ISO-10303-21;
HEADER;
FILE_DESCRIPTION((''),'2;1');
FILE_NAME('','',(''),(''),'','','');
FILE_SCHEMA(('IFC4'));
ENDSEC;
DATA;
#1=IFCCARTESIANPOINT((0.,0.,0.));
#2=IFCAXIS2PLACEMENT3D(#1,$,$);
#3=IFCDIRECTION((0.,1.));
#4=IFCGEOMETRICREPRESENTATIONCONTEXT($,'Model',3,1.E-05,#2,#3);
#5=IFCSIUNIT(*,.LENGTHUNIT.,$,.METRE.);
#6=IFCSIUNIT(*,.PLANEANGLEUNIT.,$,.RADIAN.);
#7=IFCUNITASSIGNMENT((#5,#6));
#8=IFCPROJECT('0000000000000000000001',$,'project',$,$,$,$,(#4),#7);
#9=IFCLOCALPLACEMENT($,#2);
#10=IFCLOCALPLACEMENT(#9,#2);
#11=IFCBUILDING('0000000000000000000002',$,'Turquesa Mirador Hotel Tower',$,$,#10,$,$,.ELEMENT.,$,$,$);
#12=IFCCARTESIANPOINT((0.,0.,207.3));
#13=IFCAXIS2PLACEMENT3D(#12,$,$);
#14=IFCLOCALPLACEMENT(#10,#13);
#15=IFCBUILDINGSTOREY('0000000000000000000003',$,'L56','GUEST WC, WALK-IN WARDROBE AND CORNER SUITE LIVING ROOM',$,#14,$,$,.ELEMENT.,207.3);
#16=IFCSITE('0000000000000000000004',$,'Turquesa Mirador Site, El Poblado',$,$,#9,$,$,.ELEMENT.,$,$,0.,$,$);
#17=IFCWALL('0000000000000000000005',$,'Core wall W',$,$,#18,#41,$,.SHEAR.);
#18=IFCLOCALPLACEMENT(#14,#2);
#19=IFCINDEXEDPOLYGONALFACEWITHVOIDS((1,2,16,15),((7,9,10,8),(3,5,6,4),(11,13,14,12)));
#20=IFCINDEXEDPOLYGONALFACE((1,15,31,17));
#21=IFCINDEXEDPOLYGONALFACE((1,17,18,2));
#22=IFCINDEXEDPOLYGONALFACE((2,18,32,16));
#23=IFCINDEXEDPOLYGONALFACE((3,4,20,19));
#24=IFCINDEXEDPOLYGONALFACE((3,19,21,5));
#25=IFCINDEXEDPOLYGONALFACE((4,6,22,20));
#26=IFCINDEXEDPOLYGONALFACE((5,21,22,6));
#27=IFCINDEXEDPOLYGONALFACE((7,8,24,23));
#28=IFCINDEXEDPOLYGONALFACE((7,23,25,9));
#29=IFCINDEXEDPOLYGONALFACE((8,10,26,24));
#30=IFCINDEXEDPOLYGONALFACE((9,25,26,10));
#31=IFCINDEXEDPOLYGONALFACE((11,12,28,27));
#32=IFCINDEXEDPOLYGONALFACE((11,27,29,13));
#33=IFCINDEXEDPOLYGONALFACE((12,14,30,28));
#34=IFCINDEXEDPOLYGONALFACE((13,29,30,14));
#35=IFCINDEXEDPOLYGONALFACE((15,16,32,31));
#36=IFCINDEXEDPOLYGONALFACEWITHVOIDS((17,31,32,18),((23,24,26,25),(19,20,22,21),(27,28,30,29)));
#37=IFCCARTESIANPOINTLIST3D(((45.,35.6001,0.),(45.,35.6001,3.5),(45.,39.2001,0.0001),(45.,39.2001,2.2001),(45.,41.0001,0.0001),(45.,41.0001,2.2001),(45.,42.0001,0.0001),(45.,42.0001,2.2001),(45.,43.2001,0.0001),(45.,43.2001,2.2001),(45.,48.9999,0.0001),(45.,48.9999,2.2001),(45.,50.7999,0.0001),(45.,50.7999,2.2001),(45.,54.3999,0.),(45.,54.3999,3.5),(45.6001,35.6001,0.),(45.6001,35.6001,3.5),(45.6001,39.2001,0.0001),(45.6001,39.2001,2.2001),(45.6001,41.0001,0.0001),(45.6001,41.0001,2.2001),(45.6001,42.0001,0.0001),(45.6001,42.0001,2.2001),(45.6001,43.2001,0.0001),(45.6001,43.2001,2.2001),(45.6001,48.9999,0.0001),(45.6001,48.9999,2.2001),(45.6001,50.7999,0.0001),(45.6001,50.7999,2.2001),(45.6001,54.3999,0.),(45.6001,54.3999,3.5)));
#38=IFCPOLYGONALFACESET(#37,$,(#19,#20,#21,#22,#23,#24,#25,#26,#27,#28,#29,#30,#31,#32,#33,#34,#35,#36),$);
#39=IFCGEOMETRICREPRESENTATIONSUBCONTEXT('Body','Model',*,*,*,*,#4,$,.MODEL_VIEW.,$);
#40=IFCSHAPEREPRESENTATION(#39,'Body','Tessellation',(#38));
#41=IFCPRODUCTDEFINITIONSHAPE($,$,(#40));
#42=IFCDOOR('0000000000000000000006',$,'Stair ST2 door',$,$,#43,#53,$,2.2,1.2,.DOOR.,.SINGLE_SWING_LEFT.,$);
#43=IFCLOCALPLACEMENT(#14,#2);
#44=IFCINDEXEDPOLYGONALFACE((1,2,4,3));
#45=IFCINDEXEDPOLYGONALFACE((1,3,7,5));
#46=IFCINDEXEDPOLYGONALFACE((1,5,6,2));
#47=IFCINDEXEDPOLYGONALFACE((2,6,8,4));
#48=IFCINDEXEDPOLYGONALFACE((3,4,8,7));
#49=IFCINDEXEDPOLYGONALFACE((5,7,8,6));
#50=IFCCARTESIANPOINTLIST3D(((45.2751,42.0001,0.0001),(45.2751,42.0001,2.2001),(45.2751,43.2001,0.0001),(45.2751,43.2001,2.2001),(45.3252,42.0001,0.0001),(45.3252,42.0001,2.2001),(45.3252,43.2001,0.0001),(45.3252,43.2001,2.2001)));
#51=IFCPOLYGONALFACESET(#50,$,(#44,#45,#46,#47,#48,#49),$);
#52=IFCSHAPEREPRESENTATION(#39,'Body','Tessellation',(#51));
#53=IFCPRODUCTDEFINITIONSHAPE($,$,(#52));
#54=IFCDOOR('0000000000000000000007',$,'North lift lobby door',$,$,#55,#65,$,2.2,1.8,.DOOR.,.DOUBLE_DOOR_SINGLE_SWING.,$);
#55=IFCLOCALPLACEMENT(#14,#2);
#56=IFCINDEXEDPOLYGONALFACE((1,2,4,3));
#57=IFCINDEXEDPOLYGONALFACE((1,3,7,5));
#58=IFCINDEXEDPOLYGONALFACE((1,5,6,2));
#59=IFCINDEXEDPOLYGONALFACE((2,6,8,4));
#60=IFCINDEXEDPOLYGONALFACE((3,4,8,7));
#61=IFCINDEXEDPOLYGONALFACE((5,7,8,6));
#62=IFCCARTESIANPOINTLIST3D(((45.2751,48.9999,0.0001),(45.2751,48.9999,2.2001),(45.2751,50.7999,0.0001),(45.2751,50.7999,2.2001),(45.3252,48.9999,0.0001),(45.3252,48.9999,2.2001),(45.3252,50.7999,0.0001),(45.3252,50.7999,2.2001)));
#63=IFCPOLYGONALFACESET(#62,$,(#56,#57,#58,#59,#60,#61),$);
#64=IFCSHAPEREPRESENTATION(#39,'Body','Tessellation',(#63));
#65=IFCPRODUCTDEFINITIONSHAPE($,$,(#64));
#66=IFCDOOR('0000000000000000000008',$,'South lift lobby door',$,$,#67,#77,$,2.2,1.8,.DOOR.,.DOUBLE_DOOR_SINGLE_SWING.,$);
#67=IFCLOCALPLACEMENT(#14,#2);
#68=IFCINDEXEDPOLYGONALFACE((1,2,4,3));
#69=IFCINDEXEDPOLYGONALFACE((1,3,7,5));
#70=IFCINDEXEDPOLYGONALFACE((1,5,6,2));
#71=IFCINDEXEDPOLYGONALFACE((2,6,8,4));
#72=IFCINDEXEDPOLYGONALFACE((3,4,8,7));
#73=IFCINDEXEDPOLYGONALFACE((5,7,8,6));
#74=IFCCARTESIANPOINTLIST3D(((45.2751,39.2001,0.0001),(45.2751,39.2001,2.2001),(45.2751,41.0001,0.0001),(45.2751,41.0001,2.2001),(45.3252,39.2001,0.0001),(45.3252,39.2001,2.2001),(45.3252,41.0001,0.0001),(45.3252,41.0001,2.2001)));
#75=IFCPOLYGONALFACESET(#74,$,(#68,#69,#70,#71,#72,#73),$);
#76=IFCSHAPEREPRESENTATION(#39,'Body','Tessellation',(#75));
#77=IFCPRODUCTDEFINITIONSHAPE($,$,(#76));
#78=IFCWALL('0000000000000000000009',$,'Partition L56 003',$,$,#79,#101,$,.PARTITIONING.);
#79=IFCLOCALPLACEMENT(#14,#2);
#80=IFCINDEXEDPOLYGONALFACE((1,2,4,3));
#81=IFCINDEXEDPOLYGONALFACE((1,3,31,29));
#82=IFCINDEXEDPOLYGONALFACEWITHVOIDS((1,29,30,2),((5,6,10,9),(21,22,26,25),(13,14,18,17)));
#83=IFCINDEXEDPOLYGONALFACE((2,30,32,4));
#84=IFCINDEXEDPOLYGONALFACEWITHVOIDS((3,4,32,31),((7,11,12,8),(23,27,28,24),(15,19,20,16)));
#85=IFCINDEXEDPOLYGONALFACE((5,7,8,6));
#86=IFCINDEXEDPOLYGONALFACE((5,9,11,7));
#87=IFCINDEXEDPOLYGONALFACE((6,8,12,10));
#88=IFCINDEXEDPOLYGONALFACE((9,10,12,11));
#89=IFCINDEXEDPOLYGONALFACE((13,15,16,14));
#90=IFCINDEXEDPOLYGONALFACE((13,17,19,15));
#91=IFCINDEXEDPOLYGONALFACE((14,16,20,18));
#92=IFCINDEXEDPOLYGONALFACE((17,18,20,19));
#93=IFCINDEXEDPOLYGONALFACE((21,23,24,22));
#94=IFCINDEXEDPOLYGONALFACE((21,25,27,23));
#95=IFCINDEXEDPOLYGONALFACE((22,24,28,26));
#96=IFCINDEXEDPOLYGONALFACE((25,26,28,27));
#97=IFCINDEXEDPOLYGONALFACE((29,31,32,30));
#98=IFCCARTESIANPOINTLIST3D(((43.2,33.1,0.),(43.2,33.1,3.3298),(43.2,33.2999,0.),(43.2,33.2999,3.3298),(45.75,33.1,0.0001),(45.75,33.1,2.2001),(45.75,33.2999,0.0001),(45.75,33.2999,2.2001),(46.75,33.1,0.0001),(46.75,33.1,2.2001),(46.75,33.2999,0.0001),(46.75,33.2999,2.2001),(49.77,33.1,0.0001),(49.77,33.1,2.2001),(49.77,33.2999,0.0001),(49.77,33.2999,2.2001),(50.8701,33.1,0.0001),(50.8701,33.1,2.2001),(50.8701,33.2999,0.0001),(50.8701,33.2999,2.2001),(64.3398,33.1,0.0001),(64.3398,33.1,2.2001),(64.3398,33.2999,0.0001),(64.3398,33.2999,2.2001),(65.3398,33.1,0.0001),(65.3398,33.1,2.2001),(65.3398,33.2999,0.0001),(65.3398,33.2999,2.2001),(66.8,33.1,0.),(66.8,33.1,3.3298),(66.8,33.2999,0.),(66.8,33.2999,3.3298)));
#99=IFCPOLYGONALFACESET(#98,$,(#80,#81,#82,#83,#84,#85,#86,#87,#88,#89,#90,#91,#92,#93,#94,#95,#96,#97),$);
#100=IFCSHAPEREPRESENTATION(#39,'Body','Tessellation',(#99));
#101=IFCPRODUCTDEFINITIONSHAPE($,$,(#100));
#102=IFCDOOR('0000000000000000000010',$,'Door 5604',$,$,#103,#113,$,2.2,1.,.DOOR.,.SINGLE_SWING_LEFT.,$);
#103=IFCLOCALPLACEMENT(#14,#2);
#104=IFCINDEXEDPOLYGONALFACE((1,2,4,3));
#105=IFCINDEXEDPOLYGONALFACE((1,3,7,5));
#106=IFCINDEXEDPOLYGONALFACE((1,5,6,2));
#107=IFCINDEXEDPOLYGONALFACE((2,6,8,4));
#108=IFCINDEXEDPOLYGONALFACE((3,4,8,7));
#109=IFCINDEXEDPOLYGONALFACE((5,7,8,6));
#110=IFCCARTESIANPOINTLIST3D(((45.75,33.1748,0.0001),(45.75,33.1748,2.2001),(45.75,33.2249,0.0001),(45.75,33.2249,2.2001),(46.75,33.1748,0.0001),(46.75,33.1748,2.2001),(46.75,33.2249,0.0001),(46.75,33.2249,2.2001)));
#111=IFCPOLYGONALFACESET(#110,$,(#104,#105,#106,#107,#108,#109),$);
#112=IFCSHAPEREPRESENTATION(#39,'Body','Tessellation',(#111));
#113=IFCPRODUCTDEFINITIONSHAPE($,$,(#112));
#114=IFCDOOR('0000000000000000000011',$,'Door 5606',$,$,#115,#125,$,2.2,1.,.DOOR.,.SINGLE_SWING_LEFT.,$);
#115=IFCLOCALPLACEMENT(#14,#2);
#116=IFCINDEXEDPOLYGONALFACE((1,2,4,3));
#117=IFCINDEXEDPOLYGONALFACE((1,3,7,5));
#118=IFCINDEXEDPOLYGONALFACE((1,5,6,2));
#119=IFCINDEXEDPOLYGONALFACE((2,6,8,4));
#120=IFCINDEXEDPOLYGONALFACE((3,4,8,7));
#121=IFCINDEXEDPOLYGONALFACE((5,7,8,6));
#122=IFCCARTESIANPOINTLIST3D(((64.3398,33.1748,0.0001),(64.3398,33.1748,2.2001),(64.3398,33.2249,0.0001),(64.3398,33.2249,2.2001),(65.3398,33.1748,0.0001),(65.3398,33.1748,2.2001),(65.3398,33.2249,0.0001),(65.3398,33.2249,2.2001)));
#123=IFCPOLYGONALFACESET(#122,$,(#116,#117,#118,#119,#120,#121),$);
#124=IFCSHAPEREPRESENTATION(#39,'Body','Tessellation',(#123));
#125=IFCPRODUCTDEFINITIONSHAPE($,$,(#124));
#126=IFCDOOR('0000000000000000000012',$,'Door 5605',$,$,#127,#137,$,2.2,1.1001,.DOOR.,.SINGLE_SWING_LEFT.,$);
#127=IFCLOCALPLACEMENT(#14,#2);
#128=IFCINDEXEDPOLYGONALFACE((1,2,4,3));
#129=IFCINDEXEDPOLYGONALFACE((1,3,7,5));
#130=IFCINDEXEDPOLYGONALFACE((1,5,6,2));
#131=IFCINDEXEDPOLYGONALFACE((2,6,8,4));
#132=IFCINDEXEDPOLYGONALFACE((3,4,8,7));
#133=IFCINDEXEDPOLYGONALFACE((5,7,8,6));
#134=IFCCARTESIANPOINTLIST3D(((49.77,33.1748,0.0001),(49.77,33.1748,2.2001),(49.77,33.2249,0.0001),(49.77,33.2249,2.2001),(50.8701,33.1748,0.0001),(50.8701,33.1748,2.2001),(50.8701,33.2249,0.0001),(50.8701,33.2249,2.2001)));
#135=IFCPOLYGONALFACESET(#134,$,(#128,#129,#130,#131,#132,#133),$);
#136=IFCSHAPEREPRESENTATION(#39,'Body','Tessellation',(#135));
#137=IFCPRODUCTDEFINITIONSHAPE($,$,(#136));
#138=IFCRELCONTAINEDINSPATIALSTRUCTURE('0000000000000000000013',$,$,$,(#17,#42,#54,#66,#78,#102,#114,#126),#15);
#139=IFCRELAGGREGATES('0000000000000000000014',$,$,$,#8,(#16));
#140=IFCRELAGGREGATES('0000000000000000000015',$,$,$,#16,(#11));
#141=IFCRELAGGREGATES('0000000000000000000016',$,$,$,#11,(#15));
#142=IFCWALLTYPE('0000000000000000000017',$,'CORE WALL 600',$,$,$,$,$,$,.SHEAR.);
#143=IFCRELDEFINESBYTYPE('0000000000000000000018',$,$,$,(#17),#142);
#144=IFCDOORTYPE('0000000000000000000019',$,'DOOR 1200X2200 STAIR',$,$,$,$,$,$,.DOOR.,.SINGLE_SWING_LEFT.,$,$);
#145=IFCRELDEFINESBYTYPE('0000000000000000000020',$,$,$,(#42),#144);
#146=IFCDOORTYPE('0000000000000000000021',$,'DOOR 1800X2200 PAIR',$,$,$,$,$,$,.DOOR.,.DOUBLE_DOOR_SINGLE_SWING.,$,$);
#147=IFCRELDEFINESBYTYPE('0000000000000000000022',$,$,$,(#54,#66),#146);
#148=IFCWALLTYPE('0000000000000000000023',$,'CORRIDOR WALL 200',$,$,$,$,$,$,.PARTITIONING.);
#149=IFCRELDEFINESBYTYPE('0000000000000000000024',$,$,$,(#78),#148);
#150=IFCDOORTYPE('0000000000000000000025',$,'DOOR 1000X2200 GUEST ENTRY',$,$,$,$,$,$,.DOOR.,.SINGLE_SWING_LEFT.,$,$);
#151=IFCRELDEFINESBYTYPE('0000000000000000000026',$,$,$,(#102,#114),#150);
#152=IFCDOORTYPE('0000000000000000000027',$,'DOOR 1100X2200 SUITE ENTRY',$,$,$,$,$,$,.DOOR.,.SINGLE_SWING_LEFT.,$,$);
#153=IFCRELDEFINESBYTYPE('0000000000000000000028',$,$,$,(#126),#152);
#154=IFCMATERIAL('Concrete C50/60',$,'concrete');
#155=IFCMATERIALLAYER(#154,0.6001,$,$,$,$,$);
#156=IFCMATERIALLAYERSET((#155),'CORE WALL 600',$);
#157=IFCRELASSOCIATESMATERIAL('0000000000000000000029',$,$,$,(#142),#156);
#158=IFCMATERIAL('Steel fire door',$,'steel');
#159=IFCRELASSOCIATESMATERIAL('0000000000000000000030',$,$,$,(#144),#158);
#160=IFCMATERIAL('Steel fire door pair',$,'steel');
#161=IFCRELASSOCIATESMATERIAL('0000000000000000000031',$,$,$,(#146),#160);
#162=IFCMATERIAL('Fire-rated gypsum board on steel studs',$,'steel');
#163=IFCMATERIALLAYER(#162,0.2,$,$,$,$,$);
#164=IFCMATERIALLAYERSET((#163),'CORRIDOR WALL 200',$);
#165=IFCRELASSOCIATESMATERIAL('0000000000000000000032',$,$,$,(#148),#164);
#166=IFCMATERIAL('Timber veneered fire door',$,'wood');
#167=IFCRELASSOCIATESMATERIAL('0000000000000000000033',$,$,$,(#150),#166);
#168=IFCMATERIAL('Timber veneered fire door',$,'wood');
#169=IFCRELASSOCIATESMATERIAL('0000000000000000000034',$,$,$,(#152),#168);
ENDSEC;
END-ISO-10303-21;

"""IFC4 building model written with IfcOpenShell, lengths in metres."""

from ifc_helpers import new_model, si_unit, direction, frame, frame_2d, origin, place, context, subcontext, project, spatial, rectangle, extrude, material, layer, layer_set, type_object, element, fill, save


model = new_model("IFC4")

# Units and contexts
model_context = context("Model", 3, precision=1e-05, world=origin(), true_north=direction((0.0, 1.0)))
body_context = subcontext(model_context, "Body", "Model", "MODEL_VIEW")
ifc_project = project(units=[si_unit("LENGTHUNIT", "METRE"), si_unit("PLANEANGLEUNIT", "RADIAN")], contexts=[model_context])

# Site, building, storey
site_placement = place(None, origin())
site = spatial("IfcSite", under=ifc_project, at=site_placement, Name="Turquesa Mirador Site, El Poblado", CompositionType="ELEMENT", RefElevation=0.0)
building_placement = place(site_placement, origin())
building = spatial("IfcBuilding", under=site, at=building_placement, Name="Turquesa Mirador Hotel Tower", CompositionType="ELEMENT")
storey_placement = place(building_placement, frame((0.0, 0.0, 207.3)))
storey = spatial("IfcBuildingStorey", under=building, at=storey_placement, Name="L56", Description="GUEST WC, WALK-IN WARDROBE AND CORNER SUITE LIVING ROOM", CompositionType="ELEMENT", Elevation=207.3)

# Shared definitions
ifc_material_1 = material(Name="Concrete C50/60", Category="concrete")
ifc_layer_1 = layer(ifc_material_1, 0.6001)
ifc_layer_set_1 = layer_set([ifc_layer_1], Name="CORE WALL 600")
wall_type_1 = type_object("IfcWallType", Name="CORE WALL 600", PredefinedType="SHEAR", material=ifc_layer_set_1)

# Walls, openings, doors
wall_1_placement = place(storey_placement, frame((45.3, 35.6001, 0.0), z_axis=(0.0, 0.0, 1.0), x_axis=(0.0, 1.0, 0.0)))
wall_1 = element("IfcWall", 1, at=wall_1_placement, inside=storey, type_object=wall_type_1, Name="Core wall W", PredefinedType="SHEAR", context=body_context, shape_type="SweptSolid", body=[
    extrude(rectangle(XDim=18.7998, YDim=0.6001, at=frame_2d((9.3999, 0.0))), origin(), (0.0, 0.0, 1.0), 3.5),
])
opening_1_placement = place(wall_1_placement, frame((13.3999, 0.0, 0.0)))
opening_1 = element("IfcOpeningElement", 2, at=opening_1_placement, cuts=wall_1, PredefinedType="OPENING", context=body_context, shape_type="SweptSolid", body=[
    extrude(rectangle(XDim=1.8, YDim=2.2, at=frame_2d((0.8999, 1.1001))), frame((0.0, 0.3101, 0.0), z_axis=(0.0, -1.0, 0.0), x_axis=(1.0, 0.0, 0.0)), (0.0, 0.0, 1.0), 0.6201),
])
opening_2_placement = place(wall_1_placement, frame((3.6001, 0.0, 0.0)))
opening_2 = element("IfcOpeningElement", 3, at=opening_2_placement, cuts=wall_1, PredefinedType="OPENING", context=body_context, shape_type="SweptSolid", body=[
    extrude(rectangle(XDim=1.8, YDim=2.2, at=frame_2d((0.8999, 1.1001))), frame((0.0, 0.3101, 0.0), z_axis=(0.0, -1.0, 0.0), x_axis=(1.0, 0.0, 0.0)), (0.0, 0.0, 1.0), 0.6201),
])
opening_3_placement = place(wall_1_placement, frame((6.3999, 0.0, 0.0)))
opening_3 = element("IfcOpeningElement", 4, at=opening_3_placement, cuts=wall_1, PredefinedType="OPENING", context=body_context, shape_type="SweptSolid", body=[
    extrude(rectangle(XDim=1.2, YDim=2.2, at=frame_2d((0.6001, 1.1001))), frame((0.0, 0.3101, 0.0), z_axis=(0.0, -1.0, 0.0), x_axis=(1.0, 0.0, 0.0)), (0.0, 0.0, 1.0), 0.6201),
])
ifc_material_2 = material(Name="Steel fire door", Category="steel")
door_type_1 = type_object("IfcDoorType", Name="DOOR 1200X2200 STAIR", OperationType="SINGLE_SWING_LEFT", PredefinedType="DOOR", material=ifc_material_2)
door_1_placement = place(opening_3_placement, origin())
door_1 = element("IfcDoor", 5, at=door_1_placement, inside=storey, type_object=door_type_1, Name="Stair ST2 door", OperationType="SINGLE_SWING_LEFT", OverallHeight=2.2, OverallWidth=1.2, PredefinedType="DOOR", context=body_context, shape_type="SweptSolid", body=[
    extrude(rectangle(XDim=1.2, YDim=2.2, at=frame_2d((0.6001, 1.1001))), frame((0.0, 0.0249, 0.0), z_axis=(0.0, -1.0, 0.0), x_axis=(1.0, 0.0, 0.0)), (0.0, 0.0, 1.0), 0.05),
])
fill(opening_3, door_1)
ifc_material_3 = material(Name="Steel fire door pair", Category="steel")
door_type_2 = type_object("IfcDoorType", Name="DOOR 1800X2200 PAIR", OperationType="DOUBLE_DOOR_SINGLE_SWING", PredefinedType="DOOR", material=ifc_material_3)
door_2_placement = place(opening_1_placement, origin())
door_2 = element("IfcDoor", 6, at=door_2_placement, inside=storey, type_object=door_type_2, Name="North lift lobby door", OperationType="DOUBLE_DOOR_SINGLE_SWING", OverallHeight=2.2, OverallWidth=1.8, PredefinedType="DOOR", context=body_context, shape_type="SweptSolid", body=[
    extrude(rectangle(XDim=1.8, YDim=2.2, at=frame_2d((0.8999, 1.1001))), frame((0.0, 0.0249, 0.0), z_axis=(0.0, -1.0, 0.0), x_axis=(1.0, 0.0, 0.0)), (0.0, 0.0, 1.0), 0.05),
])
fill(opening_1, door_2)
door_3_placement = place(opening_2_placement, origin())
door_3 = element("IfcDoor", 7, at=door_3_placement, inside=storey, type_object=door_type_2, Name="South lift lobby door", OperationType="DOUBLE_DOOR_SINGLE_SWING", OverallHeight=2.2, OverallWidth=1.8, PredefinedType="DOOR", context=body_context, shape_type="SweptSolid", body=[
    extrude(rectangle(XDim=1.8, YDim=2.2, at=frame_2d((0.8999, 1.1001))), frame((0.0, 0.0249, 0.0), z_axis=(0.0, -1.0, 0.0), x_axis=(1.0, 0.0, 0.0)), (0.0, 0.0, 1.0), 0.05),
])
fill(opening_2, door_3)
ifc_material_4 = material(Name="Fire-rated gypsum board on steel studs", Category="steel")
ifc_layer_2 = layer(ifc_material_4, 0.2)
ifc_layer_set_2 = layer_set([ifc_layer_2], Name="CORRIDOR WALL 200")
wall_type_2 = type_object("IfcWallType", Name="CORRIDOR WALL 200", PredefinedType="PARTITIONING", material=ifc_layer_set_2)
wall_2_placement = place(storey_placement, frame((43.2, 33.2, 0.0), z_axis=(0.0, 0.0, 1.0), x_axis=(1.0, 0.0, 0.0)))
wall_2 = element("IfcWall", 8, at=wall_2_placement, inside=storey, type_object=wall_type_2, Name="Partition L56 003", PredefinedType="PARTITIONING", context=body_context, shape_type="SweptSolid", body=[
    extrude(rectangle(XDim=23.6001, YDim=0.2, at=frame_2d((11.8, 0.0))), origin(), (0.0, 0.0, 1.0), 3.3298),
])
opening_4_placement = place(wall_2_placement, frame((2.55, 0.0, 0.0)))
opening_4 = element("IfcOpeningElement", 9, at=opening_4_placement, cuts=wall_2, PredefinedType="OPENING", context=body_context, shape_type="SweptSolid", body=[
    extrude(rectangle(XDim=1.0, YDim=2.2, at=frame_2d((0.5, 1.1001))), frame((0.0, 0.1099, 0.0), z_axis=(0.0, -1.0, 0.0), x_axis=(1.0, 0.0, 0.0)), (0.0, 0.0, 1.0), 0.22),
])
opening_5_placement = place(wall_2_placement, frame((6.5701, 0.0, 0.0)))
opening_5 = element("IfcOpeningElement", 10, at=opening_5_placement, cuts=wall_2, PredefinedType="OPENING", context=body_context, shape_type="SweptSolid", body=[
    extrude(rectangle(XDim=1.1001, YDim=2.2, at=frame_2d((0.55, 1.1001))), frame((0.0, 0.1099, 0.0), z_axis=(0.0, -1.0, 0.0), x_axis=(1.0, 0.0, 0.0)), (0.0, 0.0, 1.0), 0.22),
])
opening_6_placement = place(wall_2_placement, frame((21.1399, 0.0, 0.0)))
opening_6 = element("IfcOpeningElement", 11, at=opening_6_placement, cuts=wall_2, PredefinedType="OPENING", context=body_context, shape_type="SweptSolid", body=[
    extrude(rectangle(XDim=1.0, YDim=2.2, at=frame_2d((0.5, 1.1001))), frame((0.0, 0.1099, 0.0), z_axis=(0.0, -1.0, 0.0), x_axis=(1.0, 0.0, 0.0)), (0.0, 0.0, 1.0), 0.22),
])
ifc_material_5 = material(Name="Timber veneered fire door", Category="wood")
door_type_3 = type_object("IfcDoorType", Name="DOOR 1000X2200 GUEST ENTRY", OperationType="SINGLE_SWING_LEFT", PredefinedType="DOOR", material=ifc_material_5)
door_4_placement = place(opening_4_placement, origin())
door_4 = element("IfcDoor", 12, at=door_4_placement, inside=storey, type_object=door_type_3, Name="Door 5604", OperationType="SINGLE_SWING_LEFT", OverallHeight=2.2, OverallWidth=1.0, PredefinedType="DOOR", context=body_context, shape_type="SweptSolid", body=[
    extrude(rectangle(XDim=1.0, YDim=2.2, at=frame_2d((0.5, 1.1001))), frame((0.0, 0.0249, 0.0), z_axis=(0.0, -1.0, 0.0), x_axis=(1.0, 0.0, 0.0)), (0.0, 0.0, 1.0), 0.05),
])
fill(opening_4, door_4)
door_5_placement = place(opening_6_placement, origin())
door_5 = element("IfcDoor", 13, at=door_5_placement, inside=storey, type_object=door_type_3, Name="Door 5606", OperationType="SINGLE_SWING_LEFT", OverallHeight=2.2, OverallWidth=1.0, PredefinedType="DOOR", context=body_context, shape_type="SweptSolid", body=[
    extrude(rectangle(XDim=1.0, YDim=2.2, at=frame_2d((0.5, 1.1001))), frame((0.0, 0.0249, 0.0), z_axis=(0.0, -1.0, 0.0), x_axis=(1.0, 0.0, 0.0)), (0.0, 0.0, 1.0), 0.05),
])
fill(opening_6, door_5)
ifc_material_6 = material(Name="Timber veneered fire door", Category="wood")
door_type_4 = type_object("IfcDoorType", Name="DOOR 1100X2200 SUITE ENTRY", OperationType="SINGLE_SWING_LEFT", PredefinedType="DOOR", material=ifc_material_6)
door_6_placement = place(opening_5_placement, origin())
door_6 = element("IfcDoor", 14, at=door_6_placement, inside=storey, type_object=door_type_4, Name="Door 5605", OperationType="SINGLE_SWING_LEFT", OverallHeight=2.2, OverallWidth=1.1001, PredefinedType="DOOR", context=body_context, shape_type="SweptSolid", body=[
    extrude(rectangle(XDim=1.1001, YDim=2.2, at=frame_2d((0.55, 1.1001))), frame((0.0, 0.0249, 0.0), z_axis=(0.0, -1.0, 0.0), x_axis=(1.0, 0.0, 0.0)), (0.0, 0.0, 1.0), 0.05),
])
fill(opening_5, door_6)

save(model, "model.ifc")
